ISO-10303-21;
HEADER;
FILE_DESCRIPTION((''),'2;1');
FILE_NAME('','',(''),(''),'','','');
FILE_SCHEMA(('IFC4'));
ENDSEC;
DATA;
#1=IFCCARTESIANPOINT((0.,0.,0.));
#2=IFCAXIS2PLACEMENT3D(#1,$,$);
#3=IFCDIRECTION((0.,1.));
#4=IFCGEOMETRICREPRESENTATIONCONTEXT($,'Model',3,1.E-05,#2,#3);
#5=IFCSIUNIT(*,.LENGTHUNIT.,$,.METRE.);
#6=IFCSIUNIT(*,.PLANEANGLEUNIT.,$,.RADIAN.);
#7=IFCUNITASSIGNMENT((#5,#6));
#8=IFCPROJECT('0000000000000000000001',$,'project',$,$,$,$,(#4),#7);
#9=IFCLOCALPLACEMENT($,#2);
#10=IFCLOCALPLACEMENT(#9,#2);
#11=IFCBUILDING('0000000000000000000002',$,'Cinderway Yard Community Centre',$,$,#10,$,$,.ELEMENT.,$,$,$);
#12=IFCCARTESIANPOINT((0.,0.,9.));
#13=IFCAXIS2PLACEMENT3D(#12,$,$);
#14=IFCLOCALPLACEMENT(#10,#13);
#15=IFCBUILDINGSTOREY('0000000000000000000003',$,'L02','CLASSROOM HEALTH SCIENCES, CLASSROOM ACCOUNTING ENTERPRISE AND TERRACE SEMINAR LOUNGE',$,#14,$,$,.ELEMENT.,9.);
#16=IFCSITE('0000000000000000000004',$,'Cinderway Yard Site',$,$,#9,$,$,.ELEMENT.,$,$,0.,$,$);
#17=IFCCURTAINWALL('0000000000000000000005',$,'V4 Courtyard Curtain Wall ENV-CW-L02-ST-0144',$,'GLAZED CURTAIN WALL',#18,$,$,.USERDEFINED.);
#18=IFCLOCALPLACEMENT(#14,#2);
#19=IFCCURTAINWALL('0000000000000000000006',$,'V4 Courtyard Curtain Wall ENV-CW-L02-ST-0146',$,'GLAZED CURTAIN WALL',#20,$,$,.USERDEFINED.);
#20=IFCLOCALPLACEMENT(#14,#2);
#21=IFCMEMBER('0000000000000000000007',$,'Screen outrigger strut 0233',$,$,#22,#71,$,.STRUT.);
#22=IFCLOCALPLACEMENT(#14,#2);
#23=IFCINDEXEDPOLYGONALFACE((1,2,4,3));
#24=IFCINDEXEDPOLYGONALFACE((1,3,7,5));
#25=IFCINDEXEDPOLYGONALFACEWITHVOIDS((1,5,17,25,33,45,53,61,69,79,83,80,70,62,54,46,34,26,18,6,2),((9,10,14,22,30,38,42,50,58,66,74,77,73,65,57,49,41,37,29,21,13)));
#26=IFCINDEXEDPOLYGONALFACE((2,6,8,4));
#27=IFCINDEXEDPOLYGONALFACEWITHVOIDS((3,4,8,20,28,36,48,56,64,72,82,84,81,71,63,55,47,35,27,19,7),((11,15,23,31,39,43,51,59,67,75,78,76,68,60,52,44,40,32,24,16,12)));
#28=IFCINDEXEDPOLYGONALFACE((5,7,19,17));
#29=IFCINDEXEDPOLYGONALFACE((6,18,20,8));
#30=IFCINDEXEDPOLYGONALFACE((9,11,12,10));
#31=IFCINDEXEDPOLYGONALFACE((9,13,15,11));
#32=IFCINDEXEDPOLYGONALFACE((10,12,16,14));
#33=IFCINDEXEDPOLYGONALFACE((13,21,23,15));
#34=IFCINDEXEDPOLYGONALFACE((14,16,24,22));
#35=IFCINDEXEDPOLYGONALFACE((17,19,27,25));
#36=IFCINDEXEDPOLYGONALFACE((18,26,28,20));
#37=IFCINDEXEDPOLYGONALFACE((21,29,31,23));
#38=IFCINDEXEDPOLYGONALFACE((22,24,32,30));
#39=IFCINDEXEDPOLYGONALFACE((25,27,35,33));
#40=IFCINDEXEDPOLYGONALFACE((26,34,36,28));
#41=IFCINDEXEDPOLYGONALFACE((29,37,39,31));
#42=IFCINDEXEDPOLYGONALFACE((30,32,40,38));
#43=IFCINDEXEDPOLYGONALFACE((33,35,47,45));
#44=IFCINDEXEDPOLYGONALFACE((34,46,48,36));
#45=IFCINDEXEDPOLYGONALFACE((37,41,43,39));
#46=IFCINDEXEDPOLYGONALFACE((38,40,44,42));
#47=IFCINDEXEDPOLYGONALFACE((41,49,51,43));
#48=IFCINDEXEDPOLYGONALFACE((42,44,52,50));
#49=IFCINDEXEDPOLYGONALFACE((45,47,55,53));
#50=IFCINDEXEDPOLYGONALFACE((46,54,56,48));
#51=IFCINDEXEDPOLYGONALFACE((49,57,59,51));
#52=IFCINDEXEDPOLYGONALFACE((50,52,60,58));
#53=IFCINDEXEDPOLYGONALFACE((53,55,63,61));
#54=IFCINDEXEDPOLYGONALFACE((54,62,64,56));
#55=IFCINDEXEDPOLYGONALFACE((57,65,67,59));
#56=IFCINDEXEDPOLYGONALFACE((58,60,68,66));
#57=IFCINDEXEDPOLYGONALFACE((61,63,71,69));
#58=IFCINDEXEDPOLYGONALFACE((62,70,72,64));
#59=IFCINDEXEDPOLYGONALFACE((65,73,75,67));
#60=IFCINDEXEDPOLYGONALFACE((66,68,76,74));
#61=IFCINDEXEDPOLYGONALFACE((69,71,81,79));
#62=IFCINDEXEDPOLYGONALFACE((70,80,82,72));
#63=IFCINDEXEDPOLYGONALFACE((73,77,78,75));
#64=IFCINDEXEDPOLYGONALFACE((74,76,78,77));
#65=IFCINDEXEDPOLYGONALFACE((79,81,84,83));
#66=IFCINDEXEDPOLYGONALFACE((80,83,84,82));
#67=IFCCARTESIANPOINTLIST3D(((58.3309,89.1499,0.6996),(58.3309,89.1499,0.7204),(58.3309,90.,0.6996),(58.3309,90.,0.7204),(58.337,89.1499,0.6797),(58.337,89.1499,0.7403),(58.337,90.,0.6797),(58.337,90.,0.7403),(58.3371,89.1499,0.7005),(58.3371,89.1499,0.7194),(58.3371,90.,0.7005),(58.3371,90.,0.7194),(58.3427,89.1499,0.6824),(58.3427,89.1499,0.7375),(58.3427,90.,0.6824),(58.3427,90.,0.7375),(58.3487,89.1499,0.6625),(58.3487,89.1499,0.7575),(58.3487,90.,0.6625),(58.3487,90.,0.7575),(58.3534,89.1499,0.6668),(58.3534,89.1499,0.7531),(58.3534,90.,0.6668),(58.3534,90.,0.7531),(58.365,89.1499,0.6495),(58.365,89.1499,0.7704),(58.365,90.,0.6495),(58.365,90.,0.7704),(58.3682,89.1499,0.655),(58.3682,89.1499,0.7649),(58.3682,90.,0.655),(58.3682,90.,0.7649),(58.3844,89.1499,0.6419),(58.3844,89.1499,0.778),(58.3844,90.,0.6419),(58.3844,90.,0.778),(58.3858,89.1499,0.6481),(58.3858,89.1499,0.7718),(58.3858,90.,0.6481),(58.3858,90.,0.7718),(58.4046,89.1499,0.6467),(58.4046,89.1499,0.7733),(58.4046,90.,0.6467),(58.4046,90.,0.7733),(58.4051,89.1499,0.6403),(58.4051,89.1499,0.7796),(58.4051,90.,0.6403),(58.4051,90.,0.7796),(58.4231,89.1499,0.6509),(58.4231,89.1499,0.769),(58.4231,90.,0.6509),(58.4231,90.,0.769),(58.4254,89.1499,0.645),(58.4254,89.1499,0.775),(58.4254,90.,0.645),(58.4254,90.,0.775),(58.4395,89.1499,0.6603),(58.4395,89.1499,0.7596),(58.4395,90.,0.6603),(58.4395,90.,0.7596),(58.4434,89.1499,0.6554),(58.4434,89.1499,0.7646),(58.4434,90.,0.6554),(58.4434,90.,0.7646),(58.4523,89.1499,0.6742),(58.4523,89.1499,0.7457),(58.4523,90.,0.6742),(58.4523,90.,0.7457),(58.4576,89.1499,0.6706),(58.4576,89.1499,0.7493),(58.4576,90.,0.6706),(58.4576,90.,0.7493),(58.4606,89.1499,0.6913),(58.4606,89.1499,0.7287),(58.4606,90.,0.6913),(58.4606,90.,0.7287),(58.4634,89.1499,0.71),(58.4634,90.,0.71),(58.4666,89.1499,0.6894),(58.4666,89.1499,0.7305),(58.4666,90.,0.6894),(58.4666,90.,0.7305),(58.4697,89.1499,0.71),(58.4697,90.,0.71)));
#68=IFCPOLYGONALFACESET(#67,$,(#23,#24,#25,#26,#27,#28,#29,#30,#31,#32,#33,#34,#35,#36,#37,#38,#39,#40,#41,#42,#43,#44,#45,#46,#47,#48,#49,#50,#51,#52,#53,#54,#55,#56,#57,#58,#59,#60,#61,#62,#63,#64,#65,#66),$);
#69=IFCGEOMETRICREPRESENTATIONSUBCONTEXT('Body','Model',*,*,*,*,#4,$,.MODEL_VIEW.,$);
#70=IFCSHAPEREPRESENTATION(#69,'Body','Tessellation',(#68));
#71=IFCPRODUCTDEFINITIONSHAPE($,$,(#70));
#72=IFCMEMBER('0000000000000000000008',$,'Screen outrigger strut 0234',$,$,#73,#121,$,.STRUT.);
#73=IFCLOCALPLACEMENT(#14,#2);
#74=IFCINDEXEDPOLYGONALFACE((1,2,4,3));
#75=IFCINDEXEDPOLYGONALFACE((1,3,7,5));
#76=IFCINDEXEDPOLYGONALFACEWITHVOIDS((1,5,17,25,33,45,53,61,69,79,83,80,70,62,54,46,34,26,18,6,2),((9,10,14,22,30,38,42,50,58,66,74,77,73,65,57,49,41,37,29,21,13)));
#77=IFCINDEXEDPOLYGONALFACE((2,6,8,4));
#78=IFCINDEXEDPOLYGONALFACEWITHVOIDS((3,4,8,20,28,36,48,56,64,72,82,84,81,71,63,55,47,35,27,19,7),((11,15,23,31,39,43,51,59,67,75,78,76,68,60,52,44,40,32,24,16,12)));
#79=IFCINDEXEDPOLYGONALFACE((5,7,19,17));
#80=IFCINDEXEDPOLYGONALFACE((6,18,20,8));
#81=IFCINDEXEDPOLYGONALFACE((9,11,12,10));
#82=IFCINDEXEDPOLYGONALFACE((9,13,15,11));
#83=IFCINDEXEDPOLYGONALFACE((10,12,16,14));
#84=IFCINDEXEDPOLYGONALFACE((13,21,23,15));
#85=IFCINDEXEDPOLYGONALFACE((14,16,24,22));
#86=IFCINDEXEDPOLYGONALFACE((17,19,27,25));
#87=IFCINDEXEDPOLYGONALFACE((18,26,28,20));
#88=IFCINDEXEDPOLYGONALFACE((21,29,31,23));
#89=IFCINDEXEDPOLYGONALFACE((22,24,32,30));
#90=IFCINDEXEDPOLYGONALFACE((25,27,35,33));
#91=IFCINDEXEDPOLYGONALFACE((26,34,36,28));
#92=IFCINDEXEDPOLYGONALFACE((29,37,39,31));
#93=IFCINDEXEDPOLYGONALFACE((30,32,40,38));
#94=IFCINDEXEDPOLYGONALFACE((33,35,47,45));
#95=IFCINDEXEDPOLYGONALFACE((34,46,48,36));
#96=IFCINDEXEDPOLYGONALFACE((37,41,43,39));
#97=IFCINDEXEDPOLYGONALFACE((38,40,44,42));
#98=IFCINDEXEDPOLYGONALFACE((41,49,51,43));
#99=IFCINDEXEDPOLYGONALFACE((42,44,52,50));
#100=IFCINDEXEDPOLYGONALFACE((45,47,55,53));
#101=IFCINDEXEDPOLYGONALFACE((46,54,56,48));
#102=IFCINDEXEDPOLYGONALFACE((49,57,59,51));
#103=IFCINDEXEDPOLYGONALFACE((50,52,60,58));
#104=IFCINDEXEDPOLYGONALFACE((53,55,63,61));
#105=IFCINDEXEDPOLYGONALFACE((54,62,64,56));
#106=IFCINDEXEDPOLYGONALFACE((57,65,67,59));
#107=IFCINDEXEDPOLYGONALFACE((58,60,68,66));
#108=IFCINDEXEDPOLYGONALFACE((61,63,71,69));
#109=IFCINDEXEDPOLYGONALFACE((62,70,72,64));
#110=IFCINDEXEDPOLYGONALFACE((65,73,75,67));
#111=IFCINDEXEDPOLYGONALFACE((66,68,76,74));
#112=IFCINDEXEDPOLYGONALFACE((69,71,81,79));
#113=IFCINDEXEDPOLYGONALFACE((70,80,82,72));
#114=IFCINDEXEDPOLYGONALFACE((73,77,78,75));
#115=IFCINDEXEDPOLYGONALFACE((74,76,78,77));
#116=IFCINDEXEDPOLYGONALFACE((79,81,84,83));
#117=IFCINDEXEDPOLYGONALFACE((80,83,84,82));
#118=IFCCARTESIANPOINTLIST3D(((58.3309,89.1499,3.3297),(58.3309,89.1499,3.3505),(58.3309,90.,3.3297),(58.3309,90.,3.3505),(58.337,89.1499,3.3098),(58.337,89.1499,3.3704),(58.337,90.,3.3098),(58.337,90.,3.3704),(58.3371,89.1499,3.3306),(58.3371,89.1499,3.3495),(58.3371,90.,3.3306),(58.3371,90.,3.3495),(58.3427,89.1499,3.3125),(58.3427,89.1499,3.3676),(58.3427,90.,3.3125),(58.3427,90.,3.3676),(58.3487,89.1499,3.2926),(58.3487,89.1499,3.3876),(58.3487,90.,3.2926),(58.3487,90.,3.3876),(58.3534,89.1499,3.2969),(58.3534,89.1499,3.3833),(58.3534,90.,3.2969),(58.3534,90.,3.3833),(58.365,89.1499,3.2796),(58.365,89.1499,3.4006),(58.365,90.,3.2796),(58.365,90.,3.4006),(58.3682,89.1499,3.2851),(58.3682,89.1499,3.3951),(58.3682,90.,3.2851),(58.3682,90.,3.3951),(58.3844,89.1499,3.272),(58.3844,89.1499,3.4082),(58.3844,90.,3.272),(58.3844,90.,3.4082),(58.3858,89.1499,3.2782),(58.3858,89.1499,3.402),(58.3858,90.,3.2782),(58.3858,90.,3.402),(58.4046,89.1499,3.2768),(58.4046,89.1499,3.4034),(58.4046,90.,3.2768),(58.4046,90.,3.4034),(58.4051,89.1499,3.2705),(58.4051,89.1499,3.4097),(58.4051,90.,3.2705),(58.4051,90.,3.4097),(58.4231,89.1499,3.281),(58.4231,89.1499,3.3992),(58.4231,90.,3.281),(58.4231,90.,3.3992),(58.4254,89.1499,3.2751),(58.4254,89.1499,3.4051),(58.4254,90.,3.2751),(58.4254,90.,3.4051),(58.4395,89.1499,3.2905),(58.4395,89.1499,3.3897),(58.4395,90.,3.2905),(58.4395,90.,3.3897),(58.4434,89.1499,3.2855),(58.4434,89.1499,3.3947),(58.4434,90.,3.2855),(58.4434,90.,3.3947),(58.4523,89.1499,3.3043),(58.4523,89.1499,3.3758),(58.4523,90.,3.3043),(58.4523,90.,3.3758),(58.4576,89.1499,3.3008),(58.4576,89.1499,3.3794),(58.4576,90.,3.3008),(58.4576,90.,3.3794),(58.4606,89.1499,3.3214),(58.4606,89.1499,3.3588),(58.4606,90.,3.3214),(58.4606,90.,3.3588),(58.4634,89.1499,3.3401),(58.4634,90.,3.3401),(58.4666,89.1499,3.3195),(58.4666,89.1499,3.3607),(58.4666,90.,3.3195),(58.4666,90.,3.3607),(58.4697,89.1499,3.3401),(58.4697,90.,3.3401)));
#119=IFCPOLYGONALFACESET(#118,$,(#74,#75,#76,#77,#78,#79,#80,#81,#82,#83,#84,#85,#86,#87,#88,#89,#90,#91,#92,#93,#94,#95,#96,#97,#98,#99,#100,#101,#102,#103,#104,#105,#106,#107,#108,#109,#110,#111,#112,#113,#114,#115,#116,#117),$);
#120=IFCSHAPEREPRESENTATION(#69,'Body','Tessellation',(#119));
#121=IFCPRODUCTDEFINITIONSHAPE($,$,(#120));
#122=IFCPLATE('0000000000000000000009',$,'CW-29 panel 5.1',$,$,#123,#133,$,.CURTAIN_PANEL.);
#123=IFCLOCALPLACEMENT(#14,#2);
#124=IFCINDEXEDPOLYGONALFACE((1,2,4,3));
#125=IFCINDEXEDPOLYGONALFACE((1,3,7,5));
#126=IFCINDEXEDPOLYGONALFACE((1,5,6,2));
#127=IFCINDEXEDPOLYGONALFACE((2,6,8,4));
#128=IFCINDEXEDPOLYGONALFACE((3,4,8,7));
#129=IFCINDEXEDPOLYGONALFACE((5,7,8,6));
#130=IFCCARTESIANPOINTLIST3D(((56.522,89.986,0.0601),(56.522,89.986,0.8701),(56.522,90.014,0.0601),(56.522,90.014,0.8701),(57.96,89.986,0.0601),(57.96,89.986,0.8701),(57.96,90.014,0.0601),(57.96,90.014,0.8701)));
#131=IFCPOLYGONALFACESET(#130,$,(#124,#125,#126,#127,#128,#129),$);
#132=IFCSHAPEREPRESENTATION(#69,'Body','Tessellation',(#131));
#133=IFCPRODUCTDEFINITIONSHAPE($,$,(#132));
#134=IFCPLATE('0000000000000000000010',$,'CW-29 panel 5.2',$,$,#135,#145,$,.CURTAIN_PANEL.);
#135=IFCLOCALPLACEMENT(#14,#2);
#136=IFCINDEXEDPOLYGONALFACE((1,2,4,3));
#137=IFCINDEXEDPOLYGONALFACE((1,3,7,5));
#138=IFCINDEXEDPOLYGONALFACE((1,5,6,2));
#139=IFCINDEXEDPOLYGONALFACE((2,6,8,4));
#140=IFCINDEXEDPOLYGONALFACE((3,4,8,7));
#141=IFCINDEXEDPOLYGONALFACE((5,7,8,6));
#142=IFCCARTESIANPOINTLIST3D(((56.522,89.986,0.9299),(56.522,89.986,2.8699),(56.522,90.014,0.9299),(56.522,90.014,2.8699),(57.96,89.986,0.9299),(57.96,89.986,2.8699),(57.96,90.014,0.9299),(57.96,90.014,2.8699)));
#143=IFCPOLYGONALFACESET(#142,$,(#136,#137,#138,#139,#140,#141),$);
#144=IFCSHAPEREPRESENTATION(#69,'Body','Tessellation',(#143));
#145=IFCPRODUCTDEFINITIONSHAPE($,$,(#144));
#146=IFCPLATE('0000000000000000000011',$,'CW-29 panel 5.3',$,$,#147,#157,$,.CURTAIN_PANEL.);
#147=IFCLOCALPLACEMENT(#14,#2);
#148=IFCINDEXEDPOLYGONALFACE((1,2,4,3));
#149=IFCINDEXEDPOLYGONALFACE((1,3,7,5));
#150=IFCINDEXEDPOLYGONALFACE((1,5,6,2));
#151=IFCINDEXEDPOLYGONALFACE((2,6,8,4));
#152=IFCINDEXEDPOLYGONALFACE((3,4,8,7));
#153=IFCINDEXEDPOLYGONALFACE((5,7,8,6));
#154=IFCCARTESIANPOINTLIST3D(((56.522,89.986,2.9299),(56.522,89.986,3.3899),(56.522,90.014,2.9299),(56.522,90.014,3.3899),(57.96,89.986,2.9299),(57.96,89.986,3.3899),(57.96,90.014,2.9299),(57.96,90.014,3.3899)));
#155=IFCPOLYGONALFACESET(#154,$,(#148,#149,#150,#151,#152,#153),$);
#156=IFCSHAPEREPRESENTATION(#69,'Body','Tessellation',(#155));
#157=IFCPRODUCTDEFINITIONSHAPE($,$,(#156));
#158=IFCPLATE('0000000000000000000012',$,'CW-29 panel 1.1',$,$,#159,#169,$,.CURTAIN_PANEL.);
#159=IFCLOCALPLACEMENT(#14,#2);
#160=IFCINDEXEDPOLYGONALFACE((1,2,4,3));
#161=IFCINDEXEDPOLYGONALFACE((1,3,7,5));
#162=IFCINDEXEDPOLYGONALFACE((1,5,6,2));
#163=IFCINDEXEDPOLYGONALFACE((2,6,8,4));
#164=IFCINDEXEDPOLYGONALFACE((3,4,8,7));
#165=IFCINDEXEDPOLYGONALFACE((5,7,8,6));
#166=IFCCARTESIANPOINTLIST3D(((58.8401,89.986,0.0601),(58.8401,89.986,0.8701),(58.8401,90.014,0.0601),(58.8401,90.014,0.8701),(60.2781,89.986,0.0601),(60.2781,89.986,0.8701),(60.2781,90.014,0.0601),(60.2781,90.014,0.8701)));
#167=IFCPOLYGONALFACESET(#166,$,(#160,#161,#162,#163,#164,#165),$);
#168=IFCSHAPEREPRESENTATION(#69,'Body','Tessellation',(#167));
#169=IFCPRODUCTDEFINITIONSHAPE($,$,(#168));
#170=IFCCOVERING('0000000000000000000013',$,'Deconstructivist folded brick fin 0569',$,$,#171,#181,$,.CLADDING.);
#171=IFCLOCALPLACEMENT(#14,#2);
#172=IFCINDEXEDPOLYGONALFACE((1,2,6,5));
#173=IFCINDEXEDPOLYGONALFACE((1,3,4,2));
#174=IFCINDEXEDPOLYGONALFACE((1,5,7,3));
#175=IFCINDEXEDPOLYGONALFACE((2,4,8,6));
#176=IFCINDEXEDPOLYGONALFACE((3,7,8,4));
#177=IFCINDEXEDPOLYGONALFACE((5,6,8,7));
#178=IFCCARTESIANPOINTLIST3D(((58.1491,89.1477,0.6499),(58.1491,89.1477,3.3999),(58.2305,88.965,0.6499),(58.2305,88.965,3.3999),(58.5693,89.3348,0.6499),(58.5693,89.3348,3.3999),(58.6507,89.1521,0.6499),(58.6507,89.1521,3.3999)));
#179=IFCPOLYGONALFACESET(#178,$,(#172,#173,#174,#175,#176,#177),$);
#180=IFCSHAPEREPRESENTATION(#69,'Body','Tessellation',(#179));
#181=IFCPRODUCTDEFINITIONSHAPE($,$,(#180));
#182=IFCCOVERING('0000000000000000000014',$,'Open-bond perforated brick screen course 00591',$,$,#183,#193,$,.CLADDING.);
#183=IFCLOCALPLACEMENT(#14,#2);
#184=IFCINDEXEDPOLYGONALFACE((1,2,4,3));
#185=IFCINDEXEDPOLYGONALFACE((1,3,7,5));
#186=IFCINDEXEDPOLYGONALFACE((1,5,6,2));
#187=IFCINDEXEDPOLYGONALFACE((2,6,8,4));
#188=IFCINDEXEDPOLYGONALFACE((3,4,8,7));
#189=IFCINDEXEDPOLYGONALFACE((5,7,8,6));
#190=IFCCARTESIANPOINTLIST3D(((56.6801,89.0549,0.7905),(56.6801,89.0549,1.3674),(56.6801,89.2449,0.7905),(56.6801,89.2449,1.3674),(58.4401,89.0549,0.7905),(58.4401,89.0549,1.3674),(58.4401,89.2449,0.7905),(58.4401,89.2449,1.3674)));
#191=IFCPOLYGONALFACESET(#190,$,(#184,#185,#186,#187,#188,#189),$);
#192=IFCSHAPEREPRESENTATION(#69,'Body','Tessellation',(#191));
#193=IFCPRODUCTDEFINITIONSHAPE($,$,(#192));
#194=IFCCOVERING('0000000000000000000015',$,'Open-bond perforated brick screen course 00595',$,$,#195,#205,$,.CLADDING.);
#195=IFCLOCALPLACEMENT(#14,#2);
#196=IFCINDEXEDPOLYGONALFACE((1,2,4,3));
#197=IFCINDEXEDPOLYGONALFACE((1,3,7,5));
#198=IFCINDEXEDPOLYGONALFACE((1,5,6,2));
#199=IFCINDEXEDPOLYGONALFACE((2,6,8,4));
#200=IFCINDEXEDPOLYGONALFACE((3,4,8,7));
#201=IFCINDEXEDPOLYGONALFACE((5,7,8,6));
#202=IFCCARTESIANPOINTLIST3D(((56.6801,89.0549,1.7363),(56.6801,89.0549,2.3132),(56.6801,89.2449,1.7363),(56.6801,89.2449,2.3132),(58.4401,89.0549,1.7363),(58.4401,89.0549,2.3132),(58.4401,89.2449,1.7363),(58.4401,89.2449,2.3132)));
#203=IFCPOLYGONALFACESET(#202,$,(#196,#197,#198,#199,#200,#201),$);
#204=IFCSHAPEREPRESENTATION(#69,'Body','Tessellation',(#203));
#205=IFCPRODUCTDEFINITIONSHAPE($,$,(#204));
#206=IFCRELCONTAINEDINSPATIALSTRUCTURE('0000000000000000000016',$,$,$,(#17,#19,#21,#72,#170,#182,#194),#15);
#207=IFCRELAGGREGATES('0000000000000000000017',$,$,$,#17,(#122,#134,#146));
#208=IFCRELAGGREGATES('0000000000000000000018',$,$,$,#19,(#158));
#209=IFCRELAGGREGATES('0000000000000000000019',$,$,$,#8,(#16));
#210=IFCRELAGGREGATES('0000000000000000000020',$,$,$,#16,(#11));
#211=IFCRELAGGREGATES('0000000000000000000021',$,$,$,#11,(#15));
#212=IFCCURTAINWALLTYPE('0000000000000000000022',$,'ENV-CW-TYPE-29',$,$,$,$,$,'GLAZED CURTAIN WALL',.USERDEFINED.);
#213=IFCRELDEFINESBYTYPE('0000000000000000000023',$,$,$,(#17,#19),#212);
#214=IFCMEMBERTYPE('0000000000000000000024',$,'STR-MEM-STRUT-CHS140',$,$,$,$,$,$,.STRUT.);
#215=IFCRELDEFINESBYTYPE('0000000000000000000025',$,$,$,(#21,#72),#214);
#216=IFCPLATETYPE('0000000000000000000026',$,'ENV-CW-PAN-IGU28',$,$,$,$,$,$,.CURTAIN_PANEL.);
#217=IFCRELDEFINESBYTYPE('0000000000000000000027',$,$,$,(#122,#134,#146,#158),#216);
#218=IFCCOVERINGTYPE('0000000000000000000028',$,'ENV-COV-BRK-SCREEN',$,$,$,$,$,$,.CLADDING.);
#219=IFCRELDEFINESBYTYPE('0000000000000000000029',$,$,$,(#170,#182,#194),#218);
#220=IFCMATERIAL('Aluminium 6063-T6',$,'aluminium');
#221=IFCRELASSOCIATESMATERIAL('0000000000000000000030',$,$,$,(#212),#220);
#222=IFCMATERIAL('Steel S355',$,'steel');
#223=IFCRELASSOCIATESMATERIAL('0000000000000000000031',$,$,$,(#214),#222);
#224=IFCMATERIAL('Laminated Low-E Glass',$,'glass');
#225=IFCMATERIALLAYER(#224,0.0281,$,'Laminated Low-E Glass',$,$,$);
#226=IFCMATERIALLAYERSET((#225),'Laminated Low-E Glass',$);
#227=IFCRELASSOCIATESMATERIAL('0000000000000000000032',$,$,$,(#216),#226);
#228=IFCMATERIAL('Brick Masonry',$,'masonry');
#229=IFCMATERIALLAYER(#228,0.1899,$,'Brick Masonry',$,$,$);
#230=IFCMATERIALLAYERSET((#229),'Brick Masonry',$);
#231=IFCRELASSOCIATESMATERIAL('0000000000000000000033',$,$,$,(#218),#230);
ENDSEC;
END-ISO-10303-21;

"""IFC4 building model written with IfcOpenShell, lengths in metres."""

from ifc_helpers import new_model, si_unit, direction, frame, origin, origin_2d, place, context, subcontext, project, spatial, rectangle, hollow_circle, extrude, material, layer, layer_set, material_profile, profile_set, type_object, element, aggregate, save


model = new_model("IFC4")

# Units and contexts
model_context = context("Model", 3, precision=1e-05, world=origin(), true_north=direction((0.0, 1.0)))
body_context = subcontext(model_context, "Body", "Model", "MODEL_VIEW")
ifc_project = project(units=[si_unit("LENGTHUNIT", "METRE"), si_unit("PLANEANGLEUNIT", "RADIAN")], contexts=[model_context])

# Site, building, storey
site_placement = place(None, origin())
site = spatial("IfcSite", under=ifc_project, at=site_placement, Name="Cinderway Yard Site", CompositionType="ELEMENT", RefElevation=0.0)
building_placement = place(site_placement, origin())
building = spatial("IfcBuilding", under=site, at=building_placement, Name="Cinderway Yard Community Centre", CompositionType="ELEMENT")
storey_placement = place(building_placement, frame((0.0, 0.0, 9.0)))
storey = spatial("IfcBuildingStorey", under=building, at=storey_placement, Name="L02", Description="CLASSROOM HEALTH SCIENCES, CLASSROOM ACCOUNTING ENTERPRISE AND TERRACE SEMINAR LOUNGE", CompositionType="ELEMENT", Elevation=9.0)

# Curtain walls
ifc_material_1 = material(Name="Aluminium 6063-T6", Category="aluminium")
curtain_wall_type = type_object("IfcCurtainWallType", Name="ENV-CW-TYPE-29", ElementType="GLAZED CURTAIN WALL", PredefinedType="USERDEFINED", material=ifc_material_1)
curtain_wall_1_placement = place(storey_placement, origin())
curtain_wall_1 = element("IfcCurtainWall", 1, at=curtain_wall_1_placement, inside=storey, type_object=curtain_wall_type, Name="V4 Courtyard Curtain Wall ENV-CW-L02-ST-0144", ObjectType="GLAZED CURTAIN WALL", PredefinedType="USERDEFINED")
curtain_wall_2_placement = place(storey_placement, origin())
curtain_wall_2 = element("IfcCurtainWall", 2, at=curtain_wall_2_placement, inside=storey, type_object=curtain_wall_type, Name="V4 Courtyard Curtain Wall ENV-CW-L02-ST-0146", ObjectType="GLAZED CURTAIN WALL", PredefinedType="USERDEFINED")

# Shared definitions
ifc_material_2 = material(Name="Steel S355", Category="steel")

# Members
ifc_material_profile_1 = material_profile(ifc_material_2, hollow_circle(Radius=0.0698, WallThickness=0.0063, at=origin_2d()), Name="Steel S355")
ifc_profile_set_1 = profile_set([ifc_material_profile_1], Name="Steel S355")
member_type_1 = type_object("IfcMemberType", Name="STR-MEM-STRUT-CHS140", PredefinedType="STRUT", material=ifc_profile_set_1)
for number, where, z_axis, x_axis, name in (
    (3, (58.3999, 90.0, 0.71), (0.0, -1.0, 0.0), (1.0, 0.0, 0.0), "Screen outrigger strut 0233"),
    (4, (58.3999, 90.0, 3.3401), (0.0, -1.0, 0.0), (1.0, 0.0, 0.0), "Screen outrigger strut 0234"),
):
    element("IfcMember", number, at=place(storey_placement, frame(where, z_axis=z_axis, x_axis=x_axis)), inside=storey, type_object=member_type_1, Name=name, PredefinedType="STRUT", context=body_context, shape_type="SweptSolid", body=[
        extrude(hollow_circle(Radius=0.0698, WallThickness=0.0063, at=origin_2d()), origin(), (0.0, 0.0, 1.0), 0.8501),
    ])

# Plates
ifc_material_3 = material(Name="Laminated Low-E Glass", Category="glass")
ifc_layer_1 = layer(ifc_material_3, 0.0281, Name="Laminated Low-E Glass")
ifc_layer_set_1 = layer_set([ifc_layer_1], Name="Laminated Low-E Glass")
plate_type = type_object("IfcPlateType", Name="ENV-CW-PAN-IGU28", PredefinedType="CURTAIN_PANEL", material=ifc_layer_set_1)
plate_1_placement = place(storey_placement, frame((57.241, 90.0, 0.0601), z_axis=(0.0, 0.0, 1.0), x_axis=(1.0, 0.0, 0.0)))
plate_1 = element("IfcPlate", 5, at=plate_1_placement, type_object=plate_type, Name="CW-29 panel 5.1", PredefinedType="CURTAIN_PANEL", context=body_context, shape_type="SweptSolid", body=[
    extrude(rectangle(XDim=1.438, YDim=0.0281, at=origin_2d()), origin(), (0.0, 0.0, 1.0), 0.8101),
])
plate_2_placement = place(storey_placement, frame((57.241, 90.0, 0.9299), z_axis=(0.0, 0.0, 1.0), x_axis=(1.0, 0.0, 0.0)))
plate_2 = element("IfcPlate", 6, at=plate_2_placement, type_object=plate_type, Name="CW-29 panel 5.2", PredefinedType="CURTAIN_PANEL", context=body_context, shape_type="SweptSolid", body=[
    extrude(rectangle(XDim=1.438, YDim=0.0281, at=origin_2d()), origin(), (0.0, 0.0, 1.0), 1.9399),
])
plate_3_placement = place(storey_placement, frame((57.241, 90.0, 2.9299), z_axis=(0.0, 0.0, 1.0), x_axis=(1.0, 0.0, 0.0)))
plate_3 = element("IfcPlate", 7, at=plate_3_placement, type_object=plate_type, Name="CW-29 panel 5.3", PredefinedType="CURTAIN_PANEL", context=body_context, shape_type="SweptSolid", body=[
    extrude(rectangle(XDim=1.438, YDim=0.0281, at=origin_2d()), origin(), (0.0, 0.0, 1.0), 0.46),
])
aggregate(curtain_wall_1, [plate_1, plate_2, plate_3])
plate_4_placement = place(storey_placement, frame((59.5591, 90.0, 0.0601), z_axis=(0.0, 0.0, 1.0), x_axis=(1.0, 0.0, 0.0)))
plate_4 = element("IfcPlate", 8, at=plate_4_placement, type_object=plate_type, Name="CW-29 panel 1.1", PredefinedType="CURTAIN_PANEL", context=body_context, shape_type="SweptSolid", body=[
    extrude(rectangle(XDim=1.438, YDim=0.0281, at=origin_2d()), origin(), (0.0, 0.0, 1.0), 0.8101),
])
aggregate(curtain_wall_2, [plate_4])

# Coverings
ifc_material_4 = material(Name="Brick Masonry", Category="masonry")
ifc_layer_2 = layer(ifc_material_4, 0.1899, Name="Brick Masonry")
ifc_layer_set_2 = layer_set([ifc_layer_2], Name="Brick Masonry")
covering_type = type_object("IfcCoveringType", Name="ENV-COV-BRK-SCREEN", PredefinedType="CLADDING", material=ifc_layer_set_2)
covering_placement = place(storey_placement, frame((58.3999, 89.1499, 0.6499), z_axis=(0.0, 0.0, 1.0), x_axis=(-0.913545, -0.406737, 0.0)))
element("IfcCovering", 9, at=covering_placement, inside=storey, type_object=covering_type, Name="Deconstructivist folded brick fin 0569", PredefinedType="CLADDING", context=body_context, shape_type="SweptSolid", body=[
    extrude(rectangle(XDim=0.46, YDim=0.2, at=origin_2d()), origin(), (0.0, 0.0, 1.0), 2.75),
])
for number, where, z_axis, x_axis, name in (
    (10, (57.5601, 89.1499, 0.7905), (0.0, 0.0, 1.0), (-1.0, 0.0, 0.0), "Open-bond perforated brick screen course 00591"),
    (11, (57.5601, 89.1499, 1.7363), (0.0, 0.0, 1.0), (-1.0, 0.0, 0.0), "Open-bond perforated brick screen course 00595"),
):
    element("IfcCovering", number, at=place(storey_placement, frame(where, z_axis=z_axis, x_axis=x_axis)), inside=storey, type_object=covering_type, Name=name, PredefinedType="CLADDING", context=body_context, shape_type="SweptSolid", body=[
        extrude(rectangle(XDim=1.76, YDim=0.1899, at=origin_2d()), origin(), (0.0, 0.0, 1.0), 0.5769),
    ])

save(model, "model.ifc")
